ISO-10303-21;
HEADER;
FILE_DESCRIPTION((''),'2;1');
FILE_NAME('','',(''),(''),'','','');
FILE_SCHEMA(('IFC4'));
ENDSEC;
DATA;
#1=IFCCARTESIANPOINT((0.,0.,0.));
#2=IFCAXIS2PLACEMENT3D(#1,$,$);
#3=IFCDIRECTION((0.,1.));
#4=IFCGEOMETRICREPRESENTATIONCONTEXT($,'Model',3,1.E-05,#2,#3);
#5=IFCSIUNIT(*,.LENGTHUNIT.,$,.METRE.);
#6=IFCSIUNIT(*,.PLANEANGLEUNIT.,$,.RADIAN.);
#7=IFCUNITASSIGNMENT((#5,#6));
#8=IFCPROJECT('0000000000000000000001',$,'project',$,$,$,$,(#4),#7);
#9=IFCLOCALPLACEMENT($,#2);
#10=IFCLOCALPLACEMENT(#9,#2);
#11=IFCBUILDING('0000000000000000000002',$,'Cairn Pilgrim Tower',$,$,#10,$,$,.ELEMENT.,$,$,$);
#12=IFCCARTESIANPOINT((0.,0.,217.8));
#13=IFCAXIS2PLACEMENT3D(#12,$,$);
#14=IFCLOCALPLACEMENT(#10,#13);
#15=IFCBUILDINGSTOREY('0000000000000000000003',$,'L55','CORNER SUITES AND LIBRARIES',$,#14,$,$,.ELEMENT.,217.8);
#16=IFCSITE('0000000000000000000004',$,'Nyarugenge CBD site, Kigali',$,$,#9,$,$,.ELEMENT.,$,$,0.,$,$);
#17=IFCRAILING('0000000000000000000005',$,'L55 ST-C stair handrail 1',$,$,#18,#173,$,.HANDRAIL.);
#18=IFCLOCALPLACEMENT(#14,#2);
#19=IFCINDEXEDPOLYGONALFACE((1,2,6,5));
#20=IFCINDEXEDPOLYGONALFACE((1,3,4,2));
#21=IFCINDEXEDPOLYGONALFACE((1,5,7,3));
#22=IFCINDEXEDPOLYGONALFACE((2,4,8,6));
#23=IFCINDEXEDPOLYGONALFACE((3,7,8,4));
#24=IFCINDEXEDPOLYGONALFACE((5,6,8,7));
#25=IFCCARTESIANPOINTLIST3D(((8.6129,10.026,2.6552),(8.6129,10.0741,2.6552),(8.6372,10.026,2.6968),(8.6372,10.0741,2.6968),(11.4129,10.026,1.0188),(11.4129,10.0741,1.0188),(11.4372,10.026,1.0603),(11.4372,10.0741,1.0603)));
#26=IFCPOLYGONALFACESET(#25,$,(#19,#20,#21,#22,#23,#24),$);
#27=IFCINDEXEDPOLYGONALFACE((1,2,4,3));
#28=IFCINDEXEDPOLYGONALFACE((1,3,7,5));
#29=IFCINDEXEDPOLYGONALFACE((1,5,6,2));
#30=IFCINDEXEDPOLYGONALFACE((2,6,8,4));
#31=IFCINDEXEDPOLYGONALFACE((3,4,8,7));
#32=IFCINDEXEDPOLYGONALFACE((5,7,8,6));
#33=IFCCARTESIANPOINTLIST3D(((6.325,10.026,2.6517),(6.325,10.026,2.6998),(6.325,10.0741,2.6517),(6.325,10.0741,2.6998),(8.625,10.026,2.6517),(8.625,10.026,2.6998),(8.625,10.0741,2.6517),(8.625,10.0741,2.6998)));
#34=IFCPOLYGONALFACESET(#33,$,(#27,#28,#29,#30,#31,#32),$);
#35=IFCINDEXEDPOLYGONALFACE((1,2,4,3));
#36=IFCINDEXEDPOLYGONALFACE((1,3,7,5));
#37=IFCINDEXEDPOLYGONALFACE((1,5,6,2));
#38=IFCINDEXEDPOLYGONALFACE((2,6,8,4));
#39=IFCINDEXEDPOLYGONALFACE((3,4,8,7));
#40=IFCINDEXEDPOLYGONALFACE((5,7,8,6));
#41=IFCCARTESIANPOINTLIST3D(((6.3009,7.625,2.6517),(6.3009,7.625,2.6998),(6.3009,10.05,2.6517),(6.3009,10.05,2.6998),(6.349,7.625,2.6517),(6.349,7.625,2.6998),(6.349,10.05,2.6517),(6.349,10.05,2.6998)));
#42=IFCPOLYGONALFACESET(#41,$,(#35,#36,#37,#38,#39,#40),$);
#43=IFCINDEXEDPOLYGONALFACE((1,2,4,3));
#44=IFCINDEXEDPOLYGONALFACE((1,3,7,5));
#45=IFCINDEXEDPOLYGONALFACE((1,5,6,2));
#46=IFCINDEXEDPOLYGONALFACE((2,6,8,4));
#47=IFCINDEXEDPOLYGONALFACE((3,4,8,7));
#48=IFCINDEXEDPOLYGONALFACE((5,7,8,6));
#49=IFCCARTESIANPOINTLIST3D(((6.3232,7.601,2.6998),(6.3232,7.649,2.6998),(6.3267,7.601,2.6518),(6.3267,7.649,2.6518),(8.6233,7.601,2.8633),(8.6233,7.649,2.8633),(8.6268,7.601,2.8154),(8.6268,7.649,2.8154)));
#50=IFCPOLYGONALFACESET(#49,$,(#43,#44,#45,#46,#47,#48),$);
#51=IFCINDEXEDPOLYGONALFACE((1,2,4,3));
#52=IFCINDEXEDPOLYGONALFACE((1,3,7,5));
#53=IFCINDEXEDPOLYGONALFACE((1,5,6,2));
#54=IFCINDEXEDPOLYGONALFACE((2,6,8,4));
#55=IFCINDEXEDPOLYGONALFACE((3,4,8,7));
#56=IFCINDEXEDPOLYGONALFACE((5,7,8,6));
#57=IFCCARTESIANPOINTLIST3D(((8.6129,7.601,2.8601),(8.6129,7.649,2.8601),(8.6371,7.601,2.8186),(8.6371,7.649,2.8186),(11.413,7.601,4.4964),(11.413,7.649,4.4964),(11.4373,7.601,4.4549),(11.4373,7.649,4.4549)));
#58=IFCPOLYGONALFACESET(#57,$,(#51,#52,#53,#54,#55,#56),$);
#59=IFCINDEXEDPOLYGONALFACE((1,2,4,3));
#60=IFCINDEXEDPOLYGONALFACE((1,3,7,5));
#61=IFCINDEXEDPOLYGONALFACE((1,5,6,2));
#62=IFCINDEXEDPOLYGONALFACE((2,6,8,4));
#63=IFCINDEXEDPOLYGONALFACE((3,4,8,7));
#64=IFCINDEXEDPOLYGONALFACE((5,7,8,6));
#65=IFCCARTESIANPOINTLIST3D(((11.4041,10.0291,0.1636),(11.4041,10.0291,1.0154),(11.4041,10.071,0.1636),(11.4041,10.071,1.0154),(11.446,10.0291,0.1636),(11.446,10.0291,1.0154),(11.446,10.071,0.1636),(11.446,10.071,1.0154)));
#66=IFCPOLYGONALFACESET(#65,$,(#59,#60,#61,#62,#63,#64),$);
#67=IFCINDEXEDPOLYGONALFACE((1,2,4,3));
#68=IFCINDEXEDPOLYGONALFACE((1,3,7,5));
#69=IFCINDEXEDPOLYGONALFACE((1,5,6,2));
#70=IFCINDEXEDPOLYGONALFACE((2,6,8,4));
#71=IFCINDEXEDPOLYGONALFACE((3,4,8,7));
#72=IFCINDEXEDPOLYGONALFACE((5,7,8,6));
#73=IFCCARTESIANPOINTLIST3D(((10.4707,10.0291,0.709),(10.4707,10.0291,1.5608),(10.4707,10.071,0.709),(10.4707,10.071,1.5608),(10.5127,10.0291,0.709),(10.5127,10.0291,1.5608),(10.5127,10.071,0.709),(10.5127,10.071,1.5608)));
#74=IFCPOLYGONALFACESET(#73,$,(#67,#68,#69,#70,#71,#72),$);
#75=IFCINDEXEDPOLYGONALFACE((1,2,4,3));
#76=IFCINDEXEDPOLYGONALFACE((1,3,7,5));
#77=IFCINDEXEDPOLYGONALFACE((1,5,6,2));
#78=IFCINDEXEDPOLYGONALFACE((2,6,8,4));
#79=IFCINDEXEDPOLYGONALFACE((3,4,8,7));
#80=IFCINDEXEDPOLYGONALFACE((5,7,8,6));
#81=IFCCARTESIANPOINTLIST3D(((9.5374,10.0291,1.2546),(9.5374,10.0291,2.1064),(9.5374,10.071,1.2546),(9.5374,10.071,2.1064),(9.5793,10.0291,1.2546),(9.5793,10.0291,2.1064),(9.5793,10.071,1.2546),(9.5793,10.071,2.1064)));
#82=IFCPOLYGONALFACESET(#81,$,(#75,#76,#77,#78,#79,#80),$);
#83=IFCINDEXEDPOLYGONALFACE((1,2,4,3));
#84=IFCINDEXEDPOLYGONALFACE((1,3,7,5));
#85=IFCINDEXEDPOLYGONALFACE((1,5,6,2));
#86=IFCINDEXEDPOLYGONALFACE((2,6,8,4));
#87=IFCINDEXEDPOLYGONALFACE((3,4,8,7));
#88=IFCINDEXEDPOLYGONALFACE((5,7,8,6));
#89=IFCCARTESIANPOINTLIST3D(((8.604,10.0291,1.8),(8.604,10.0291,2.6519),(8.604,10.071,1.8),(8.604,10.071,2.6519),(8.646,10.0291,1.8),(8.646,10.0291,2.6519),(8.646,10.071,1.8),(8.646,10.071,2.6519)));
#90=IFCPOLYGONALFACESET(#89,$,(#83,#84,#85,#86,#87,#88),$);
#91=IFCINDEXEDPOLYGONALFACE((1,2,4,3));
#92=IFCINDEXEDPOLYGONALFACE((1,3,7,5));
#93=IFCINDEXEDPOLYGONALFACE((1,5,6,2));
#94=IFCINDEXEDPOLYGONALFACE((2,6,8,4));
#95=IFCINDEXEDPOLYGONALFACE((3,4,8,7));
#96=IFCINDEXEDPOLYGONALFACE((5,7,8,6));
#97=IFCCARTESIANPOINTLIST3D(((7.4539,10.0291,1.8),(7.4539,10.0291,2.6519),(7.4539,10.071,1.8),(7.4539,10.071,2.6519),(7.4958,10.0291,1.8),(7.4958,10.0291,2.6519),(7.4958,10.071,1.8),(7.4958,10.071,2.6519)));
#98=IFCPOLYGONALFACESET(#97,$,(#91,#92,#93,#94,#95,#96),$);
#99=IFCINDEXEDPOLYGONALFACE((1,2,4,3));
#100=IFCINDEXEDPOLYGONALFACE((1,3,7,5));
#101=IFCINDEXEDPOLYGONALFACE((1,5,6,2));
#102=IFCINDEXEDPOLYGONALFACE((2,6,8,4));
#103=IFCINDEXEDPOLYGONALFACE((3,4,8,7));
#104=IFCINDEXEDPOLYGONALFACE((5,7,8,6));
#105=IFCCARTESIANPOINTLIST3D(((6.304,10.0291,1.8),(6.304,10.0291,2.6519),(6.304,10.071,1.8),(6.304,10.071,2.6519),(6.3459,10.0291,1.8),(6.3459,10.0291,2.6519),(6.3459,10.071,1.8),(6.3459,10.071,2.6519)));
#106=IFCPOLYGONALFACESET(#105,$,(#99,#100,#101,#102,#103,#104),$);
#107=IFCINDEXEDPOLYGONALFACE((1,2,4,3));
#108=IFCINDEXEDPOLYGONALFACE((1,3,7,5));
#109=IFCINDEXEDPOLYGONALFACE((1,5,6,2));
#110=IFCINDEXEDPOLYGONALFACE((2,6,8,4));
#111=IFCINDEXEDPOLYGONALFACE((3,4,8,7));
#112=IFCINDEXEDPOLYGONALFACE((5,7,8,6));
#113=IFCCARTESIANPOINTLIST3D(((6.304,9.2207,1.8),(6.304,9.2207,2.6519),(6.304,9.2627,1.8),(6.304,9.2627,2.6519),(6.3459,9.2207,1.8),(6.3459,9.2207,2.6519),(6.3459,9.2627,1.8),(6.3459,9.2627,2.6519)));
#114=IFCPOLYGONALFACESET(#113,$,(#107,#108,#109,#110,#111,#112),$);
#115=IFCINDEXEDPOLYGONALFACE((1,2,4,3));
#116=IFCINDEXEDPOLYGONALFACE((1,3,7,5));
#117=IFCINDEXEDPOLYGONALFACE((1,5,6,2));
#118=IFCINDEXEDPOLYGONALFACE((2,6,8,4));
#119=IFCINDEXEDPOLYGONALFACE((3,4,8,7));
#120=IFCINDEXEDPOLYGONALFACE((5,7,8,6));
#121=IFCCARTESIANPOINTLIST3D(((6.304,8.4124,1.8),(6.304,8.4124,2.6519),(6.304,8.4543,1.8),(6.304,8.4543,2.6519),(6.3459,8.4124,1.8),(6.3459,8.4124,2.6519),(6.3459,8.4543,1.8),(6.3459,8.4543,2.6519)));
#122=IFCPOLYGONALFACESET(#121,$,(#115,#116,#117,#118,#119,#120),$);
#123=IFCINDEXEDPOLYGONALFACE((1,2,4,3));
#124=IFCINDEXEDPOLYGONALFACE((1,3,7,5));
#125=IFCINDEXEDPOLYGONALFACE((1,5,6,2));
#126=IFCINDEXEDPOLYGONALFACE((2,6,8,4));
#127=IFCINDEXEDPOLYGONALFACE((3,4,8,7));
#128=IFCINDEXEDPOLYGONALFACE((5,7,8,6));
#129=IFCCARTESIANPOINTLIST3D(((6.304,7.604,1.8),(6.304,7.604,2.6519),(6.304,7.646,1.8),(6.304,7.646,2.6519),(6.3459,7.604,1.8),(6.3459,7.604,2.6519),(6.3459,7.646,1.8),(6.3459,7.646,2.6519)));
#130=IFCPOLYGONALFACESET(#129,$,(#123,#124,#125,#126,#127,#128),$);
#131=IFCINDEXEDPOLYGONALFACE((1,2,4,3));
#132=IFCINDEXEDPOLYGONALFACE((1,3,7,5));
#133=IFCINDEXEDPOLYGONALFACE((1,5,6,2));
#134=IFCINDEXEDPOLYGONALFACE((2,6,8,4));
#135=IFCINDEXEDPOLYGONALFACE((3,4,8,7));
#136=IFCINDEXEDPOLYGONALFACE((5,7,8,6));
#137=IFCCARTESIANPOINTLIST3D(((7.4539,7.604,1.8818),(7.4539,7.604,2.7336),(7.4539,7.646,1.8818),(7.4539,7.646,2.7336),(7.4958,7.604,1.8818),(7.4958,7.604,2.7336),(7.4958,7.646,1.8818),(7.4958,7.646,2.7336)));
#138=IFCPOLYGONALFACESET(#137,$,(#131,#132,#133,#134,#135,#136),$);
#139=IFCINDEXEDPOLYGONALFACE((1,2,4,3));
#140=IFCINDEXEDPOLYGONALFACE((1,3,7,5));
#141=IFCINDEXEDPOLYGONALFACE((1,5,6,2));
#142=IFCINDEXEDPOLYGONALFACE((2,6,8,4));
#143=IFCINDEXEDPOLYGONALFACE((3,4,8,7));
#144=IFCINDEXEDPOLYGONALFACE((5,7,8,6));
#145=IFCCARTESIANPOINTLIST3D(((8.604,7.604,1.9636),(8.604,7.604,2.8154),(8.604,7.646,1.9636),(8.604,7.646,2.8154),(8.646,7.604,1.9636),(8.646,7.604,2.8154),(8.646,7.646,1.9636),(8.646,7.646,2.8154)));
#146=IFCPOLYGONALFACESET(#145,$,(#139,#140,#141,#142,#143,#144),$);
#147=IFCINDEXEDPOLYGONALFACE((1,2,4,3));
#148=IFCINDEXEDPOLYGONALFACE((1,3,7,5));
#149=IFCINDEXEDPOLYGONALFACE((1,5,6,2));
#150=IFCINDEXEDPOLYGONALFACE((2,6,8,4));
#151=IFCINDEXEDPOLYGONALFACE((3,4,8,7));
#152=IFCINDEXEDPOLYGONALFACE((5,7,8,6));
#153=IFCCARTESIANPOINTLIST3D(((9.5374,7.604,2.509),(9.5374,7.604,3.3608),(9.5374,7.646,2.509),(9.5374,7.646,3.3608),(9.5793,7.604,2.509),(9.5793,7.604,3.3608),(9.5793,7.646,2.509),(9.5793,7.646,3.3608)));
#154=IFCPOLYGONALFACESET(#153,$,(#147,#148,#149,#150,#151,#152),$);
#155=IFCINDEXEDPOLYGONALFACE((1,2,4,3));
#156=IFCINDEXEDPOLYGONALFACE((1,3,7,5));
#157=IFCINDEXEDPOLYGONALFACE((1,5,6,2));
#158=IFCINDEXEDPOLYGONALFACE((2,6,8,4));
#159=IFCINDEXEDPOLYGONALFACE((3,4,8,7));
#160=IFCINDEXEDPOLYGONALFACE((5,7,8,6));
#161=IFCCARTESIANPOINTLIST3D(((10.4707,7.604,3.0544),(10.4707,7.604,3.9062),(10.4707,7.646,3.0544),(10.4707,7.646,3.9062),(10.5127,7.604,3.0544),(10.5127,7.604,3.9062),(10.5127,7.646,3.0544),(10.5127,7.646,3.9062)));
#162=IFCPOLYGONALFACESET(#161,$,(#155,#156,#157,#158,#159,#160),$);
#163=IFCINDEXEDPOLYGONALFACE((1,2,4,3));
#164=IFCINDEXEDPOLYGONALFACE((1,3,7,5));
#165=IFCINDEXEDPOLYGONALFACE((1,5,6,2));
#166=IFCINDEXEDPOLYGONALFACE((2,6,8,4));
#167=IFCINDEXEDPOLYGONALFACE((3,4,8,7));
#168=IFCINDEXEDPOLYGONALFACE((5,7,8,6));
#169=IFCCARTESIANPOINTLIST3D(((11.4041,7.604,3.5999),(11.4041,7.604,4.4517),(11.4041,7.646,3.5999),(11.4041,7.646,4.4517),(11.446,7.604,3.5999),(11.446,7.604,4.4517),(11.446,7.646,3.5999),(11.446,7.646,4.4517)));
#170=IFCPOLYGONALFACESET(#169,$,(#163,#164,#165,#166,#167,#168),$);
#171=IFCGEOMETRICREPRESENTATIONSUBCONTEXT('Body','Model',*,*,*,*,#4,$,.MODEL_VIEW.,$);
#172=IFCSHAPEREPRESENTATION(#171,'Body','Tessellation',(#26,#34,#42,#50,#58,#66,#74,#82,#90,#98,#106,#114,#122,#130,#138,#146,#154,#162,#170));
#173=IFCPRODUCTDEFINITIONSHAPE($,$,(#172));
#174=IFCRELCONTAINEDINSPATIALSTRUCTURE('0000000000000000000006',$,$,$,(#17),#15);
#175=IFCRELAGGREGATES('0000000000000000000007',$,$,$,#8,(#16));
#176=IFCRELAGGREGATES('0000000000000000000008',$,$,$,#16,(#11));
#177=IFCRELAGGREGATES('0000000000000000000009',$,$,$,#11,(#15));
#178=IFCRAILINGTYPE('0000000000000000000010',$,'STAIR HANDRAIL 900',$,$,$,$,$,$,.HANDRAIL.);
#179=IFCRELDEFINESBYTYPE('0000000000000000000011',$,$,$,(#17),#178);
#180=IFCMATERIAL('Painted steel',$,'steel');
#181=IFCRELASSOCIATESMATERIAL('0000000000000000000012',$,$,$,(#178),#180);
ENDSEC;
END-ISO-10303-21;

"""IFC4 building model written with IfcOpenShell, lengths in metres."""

from ifc_helpers import new_model, si_unit, direction, frame, origin, origin_2d, place, context, subcontext, project, spatial, rectangle, extrude, material, type_object, element, save


model = new_model("IFC4")

# Units and contexts
model_context = context("Model", 3, precision=1e-05, world=origin(), true_north=direction((0.0, 1.0)))
body_context = subcontext(model_context, "Body", "Model", "MODEL_VIEW")
ifc_project = project(units=[si_unit("LENGTHUNIT", "METRE"), si_unit("PLANEANGLEUNIT", "RADIAN")], contexts=[model_context])

# Site, building, storey
site_placement = place(None, origin())
site = spatial("IfcSite", under=ifc_project, at=site_placement, Name="Nyarugenge CBD site, Kigali", CompositionType="ELEMENT", RefElevation=0.0)
building_placement = place(site_placement, origin())
building = spatial("IfcBuilding", under=site, at=building_placement, Name="Cairn Pilgrim Tower", CompositionType="ELEMENT")
storey_placement = place(building_placement, frame((0.0, 0.0, 217.8)))
storey = spatial("IfcBuildingStorey", under=building, at=storey_placement, Name="L55", Description="CORNER SUITES AND LIBRARIES", CompositionType="ELEMENT", Elevation=217.8)

# Railing
ifc_material_1 = material(Name="Painted steel", Category="steel")
railing_type_1 = type_object("IfcRailingType", Name="STAIR HANDRAIL 900", PredefinedType="HANDRAIL", material=ifc_material_1)
railing_1_placement = place(storey_placement, frame((11.425, 10.05, 0.1636)))
element("IfcRailing", 1, at=railing_1_placement, inside=storey, type_object=railing_type_1, Name="L55 ST-C stair handrail 1", PredefinedType="HANDRAIL", context=body_context, shape_type="SweptSolid", body=[
    extrude(rectangle(XDim=0.0481, YDim=0.0481, at=origin_2d()), frame((0.0, 0.0, 0.876), z_axis=(-0.863361, 0.0, 0.504587), x_axis=(0.0, -1.0, 0.0)), (0.0, 0.0, 1.0), 3.2432),
    extrude(rectangle(XDim=0.0481, YDim=0.0481, at=origin_2d()), frame((-2.8, 0.0, 2.5122), z_axis=(-1.0, 0.0, 0.0), x_axis=(0.0, -1.0, 0.0)), (0.0, 0.0, 1.0), 2.3),
    extrude(rectangle(XDim=0.0481, YDim=0.0481, at=origin_2d()), frame((-5.1001, 0.0, 2.5122), z_axis=(0.0, -1.0, 0.0), x_axis=(1.0, 0.0, 0.0)), (0.0, 0.0, 1.0), 2.425),
    extrude(rectangle(XDim=0.0481, YDim=0.0481, at=origin_2d()), frame((-5.1001, -2.425, 2.5122), z_axis=(0.997481, 0.0, 0.070939), x_axis=(0.0, 1.0, 0.0)), (0.0, 0.0, 1.0), 2.3059),
    extrude(rectangle(XDim=0.0481, YDim=0.0481, at=origin_2d()), frame((-2.8, -2.425, 2.6758), z_axis=(0.863394, 0.0, 0.504531), x_axis=(0.0, 1.0, 0.0)), (0.0, 0.0, 1.0), 3.2432),
    extrude(rectangle(XDim=0.042, YDim=0.042, at=origin_2d()), origin(), (0.0, 0.0, 1.0), 0.8518),
    extrude(rectangle(XDim=0.042, YDim=0.042, at=origin_2d()), frame((-0.9333, 0.0, 0.5454)), (0.0, 0.0, 1.0), 0.8518),
    extrude(rectangle(XDim=0.042, YDim=0.042, at=origin_2d()), frame((-1.8667, 0.0, 1.0911)), (0.0, 0.0, 1.0), 0.8518),
    extrude(rectangle(XDim=0.042, YDim=0.042, at=origin_2d()), frame((-2.8, 0.0, 1.6365)), (0.0, 0.0, 1.0), 0.8518),
    extrude(rectangle(XDim=0.042, YDim=0.042, at=origin_2d()), frame((-3.9502, 0.0, 1.6365)), (0.0, 0.0, 1.0), 0.8518),
    extrude(rectangle(XDim=0.042, YDim=0.042, at=origin_2d()), frame((-5.1001, 0.0, 1.6365)), (0.0, 0.0, 1.0), 0.8518),
    extrude(rectangle(XDim=0.042, YDim=0.042, at=origin_2d()), frame((-5.1001, -0.8083, 1.6365)), (0.0, 0.0, 1.0), 0.8518),
    extrude(rectangle(XDim=0.042, YDim=0.042, at=origin_2d()), frame((-5.1001, -1.6167, 1.6365)), (0.0, 0.0, 1.0), 0.8518),
    extrude(rectangle(XDim=0.042, YDim=0.042, at=origin_2d()), frame((-5.1001, -2.425, 1.6365)), (0.0, 0.0, 1.0), 0.8518),
    extrude(rectangle(XDim=0.042, YDim=0.042, at=origin_2d()), frame((-3.9502, -2.425, 1.7183)), (0.0, 0.0, 1.0), 0.8518),
    extrude(rectangle(XDim=0.042, YDim=0.042, at=origin_2d()), frame((-2.8, -2.425, 1.8)), (0.0, 0.0, 1.0), 0.8518),
    extrude(rectangle(XDim=0.042, YDim=0.042, at=origin_2d()), frame((-1.8667, -2.425, 2.3455)), (0.0, 0.0, 1.0), 0.8518),
    extrude(rectangle(XDim=0.042, YDim=0.042, at=origin_2d()), frame((-0.9333, -2.425, 2.8909)), (0.0, 0.0, 1.0), 0.8518),
    extrude(rectangle(XDim=0.042, YDim=0.042, at=origin_2d()), frame((0.0, -2.425, 3.4363)), (0.0, 0.0, 1.0), 0.8518),
])

save(model, "model.ifc")
